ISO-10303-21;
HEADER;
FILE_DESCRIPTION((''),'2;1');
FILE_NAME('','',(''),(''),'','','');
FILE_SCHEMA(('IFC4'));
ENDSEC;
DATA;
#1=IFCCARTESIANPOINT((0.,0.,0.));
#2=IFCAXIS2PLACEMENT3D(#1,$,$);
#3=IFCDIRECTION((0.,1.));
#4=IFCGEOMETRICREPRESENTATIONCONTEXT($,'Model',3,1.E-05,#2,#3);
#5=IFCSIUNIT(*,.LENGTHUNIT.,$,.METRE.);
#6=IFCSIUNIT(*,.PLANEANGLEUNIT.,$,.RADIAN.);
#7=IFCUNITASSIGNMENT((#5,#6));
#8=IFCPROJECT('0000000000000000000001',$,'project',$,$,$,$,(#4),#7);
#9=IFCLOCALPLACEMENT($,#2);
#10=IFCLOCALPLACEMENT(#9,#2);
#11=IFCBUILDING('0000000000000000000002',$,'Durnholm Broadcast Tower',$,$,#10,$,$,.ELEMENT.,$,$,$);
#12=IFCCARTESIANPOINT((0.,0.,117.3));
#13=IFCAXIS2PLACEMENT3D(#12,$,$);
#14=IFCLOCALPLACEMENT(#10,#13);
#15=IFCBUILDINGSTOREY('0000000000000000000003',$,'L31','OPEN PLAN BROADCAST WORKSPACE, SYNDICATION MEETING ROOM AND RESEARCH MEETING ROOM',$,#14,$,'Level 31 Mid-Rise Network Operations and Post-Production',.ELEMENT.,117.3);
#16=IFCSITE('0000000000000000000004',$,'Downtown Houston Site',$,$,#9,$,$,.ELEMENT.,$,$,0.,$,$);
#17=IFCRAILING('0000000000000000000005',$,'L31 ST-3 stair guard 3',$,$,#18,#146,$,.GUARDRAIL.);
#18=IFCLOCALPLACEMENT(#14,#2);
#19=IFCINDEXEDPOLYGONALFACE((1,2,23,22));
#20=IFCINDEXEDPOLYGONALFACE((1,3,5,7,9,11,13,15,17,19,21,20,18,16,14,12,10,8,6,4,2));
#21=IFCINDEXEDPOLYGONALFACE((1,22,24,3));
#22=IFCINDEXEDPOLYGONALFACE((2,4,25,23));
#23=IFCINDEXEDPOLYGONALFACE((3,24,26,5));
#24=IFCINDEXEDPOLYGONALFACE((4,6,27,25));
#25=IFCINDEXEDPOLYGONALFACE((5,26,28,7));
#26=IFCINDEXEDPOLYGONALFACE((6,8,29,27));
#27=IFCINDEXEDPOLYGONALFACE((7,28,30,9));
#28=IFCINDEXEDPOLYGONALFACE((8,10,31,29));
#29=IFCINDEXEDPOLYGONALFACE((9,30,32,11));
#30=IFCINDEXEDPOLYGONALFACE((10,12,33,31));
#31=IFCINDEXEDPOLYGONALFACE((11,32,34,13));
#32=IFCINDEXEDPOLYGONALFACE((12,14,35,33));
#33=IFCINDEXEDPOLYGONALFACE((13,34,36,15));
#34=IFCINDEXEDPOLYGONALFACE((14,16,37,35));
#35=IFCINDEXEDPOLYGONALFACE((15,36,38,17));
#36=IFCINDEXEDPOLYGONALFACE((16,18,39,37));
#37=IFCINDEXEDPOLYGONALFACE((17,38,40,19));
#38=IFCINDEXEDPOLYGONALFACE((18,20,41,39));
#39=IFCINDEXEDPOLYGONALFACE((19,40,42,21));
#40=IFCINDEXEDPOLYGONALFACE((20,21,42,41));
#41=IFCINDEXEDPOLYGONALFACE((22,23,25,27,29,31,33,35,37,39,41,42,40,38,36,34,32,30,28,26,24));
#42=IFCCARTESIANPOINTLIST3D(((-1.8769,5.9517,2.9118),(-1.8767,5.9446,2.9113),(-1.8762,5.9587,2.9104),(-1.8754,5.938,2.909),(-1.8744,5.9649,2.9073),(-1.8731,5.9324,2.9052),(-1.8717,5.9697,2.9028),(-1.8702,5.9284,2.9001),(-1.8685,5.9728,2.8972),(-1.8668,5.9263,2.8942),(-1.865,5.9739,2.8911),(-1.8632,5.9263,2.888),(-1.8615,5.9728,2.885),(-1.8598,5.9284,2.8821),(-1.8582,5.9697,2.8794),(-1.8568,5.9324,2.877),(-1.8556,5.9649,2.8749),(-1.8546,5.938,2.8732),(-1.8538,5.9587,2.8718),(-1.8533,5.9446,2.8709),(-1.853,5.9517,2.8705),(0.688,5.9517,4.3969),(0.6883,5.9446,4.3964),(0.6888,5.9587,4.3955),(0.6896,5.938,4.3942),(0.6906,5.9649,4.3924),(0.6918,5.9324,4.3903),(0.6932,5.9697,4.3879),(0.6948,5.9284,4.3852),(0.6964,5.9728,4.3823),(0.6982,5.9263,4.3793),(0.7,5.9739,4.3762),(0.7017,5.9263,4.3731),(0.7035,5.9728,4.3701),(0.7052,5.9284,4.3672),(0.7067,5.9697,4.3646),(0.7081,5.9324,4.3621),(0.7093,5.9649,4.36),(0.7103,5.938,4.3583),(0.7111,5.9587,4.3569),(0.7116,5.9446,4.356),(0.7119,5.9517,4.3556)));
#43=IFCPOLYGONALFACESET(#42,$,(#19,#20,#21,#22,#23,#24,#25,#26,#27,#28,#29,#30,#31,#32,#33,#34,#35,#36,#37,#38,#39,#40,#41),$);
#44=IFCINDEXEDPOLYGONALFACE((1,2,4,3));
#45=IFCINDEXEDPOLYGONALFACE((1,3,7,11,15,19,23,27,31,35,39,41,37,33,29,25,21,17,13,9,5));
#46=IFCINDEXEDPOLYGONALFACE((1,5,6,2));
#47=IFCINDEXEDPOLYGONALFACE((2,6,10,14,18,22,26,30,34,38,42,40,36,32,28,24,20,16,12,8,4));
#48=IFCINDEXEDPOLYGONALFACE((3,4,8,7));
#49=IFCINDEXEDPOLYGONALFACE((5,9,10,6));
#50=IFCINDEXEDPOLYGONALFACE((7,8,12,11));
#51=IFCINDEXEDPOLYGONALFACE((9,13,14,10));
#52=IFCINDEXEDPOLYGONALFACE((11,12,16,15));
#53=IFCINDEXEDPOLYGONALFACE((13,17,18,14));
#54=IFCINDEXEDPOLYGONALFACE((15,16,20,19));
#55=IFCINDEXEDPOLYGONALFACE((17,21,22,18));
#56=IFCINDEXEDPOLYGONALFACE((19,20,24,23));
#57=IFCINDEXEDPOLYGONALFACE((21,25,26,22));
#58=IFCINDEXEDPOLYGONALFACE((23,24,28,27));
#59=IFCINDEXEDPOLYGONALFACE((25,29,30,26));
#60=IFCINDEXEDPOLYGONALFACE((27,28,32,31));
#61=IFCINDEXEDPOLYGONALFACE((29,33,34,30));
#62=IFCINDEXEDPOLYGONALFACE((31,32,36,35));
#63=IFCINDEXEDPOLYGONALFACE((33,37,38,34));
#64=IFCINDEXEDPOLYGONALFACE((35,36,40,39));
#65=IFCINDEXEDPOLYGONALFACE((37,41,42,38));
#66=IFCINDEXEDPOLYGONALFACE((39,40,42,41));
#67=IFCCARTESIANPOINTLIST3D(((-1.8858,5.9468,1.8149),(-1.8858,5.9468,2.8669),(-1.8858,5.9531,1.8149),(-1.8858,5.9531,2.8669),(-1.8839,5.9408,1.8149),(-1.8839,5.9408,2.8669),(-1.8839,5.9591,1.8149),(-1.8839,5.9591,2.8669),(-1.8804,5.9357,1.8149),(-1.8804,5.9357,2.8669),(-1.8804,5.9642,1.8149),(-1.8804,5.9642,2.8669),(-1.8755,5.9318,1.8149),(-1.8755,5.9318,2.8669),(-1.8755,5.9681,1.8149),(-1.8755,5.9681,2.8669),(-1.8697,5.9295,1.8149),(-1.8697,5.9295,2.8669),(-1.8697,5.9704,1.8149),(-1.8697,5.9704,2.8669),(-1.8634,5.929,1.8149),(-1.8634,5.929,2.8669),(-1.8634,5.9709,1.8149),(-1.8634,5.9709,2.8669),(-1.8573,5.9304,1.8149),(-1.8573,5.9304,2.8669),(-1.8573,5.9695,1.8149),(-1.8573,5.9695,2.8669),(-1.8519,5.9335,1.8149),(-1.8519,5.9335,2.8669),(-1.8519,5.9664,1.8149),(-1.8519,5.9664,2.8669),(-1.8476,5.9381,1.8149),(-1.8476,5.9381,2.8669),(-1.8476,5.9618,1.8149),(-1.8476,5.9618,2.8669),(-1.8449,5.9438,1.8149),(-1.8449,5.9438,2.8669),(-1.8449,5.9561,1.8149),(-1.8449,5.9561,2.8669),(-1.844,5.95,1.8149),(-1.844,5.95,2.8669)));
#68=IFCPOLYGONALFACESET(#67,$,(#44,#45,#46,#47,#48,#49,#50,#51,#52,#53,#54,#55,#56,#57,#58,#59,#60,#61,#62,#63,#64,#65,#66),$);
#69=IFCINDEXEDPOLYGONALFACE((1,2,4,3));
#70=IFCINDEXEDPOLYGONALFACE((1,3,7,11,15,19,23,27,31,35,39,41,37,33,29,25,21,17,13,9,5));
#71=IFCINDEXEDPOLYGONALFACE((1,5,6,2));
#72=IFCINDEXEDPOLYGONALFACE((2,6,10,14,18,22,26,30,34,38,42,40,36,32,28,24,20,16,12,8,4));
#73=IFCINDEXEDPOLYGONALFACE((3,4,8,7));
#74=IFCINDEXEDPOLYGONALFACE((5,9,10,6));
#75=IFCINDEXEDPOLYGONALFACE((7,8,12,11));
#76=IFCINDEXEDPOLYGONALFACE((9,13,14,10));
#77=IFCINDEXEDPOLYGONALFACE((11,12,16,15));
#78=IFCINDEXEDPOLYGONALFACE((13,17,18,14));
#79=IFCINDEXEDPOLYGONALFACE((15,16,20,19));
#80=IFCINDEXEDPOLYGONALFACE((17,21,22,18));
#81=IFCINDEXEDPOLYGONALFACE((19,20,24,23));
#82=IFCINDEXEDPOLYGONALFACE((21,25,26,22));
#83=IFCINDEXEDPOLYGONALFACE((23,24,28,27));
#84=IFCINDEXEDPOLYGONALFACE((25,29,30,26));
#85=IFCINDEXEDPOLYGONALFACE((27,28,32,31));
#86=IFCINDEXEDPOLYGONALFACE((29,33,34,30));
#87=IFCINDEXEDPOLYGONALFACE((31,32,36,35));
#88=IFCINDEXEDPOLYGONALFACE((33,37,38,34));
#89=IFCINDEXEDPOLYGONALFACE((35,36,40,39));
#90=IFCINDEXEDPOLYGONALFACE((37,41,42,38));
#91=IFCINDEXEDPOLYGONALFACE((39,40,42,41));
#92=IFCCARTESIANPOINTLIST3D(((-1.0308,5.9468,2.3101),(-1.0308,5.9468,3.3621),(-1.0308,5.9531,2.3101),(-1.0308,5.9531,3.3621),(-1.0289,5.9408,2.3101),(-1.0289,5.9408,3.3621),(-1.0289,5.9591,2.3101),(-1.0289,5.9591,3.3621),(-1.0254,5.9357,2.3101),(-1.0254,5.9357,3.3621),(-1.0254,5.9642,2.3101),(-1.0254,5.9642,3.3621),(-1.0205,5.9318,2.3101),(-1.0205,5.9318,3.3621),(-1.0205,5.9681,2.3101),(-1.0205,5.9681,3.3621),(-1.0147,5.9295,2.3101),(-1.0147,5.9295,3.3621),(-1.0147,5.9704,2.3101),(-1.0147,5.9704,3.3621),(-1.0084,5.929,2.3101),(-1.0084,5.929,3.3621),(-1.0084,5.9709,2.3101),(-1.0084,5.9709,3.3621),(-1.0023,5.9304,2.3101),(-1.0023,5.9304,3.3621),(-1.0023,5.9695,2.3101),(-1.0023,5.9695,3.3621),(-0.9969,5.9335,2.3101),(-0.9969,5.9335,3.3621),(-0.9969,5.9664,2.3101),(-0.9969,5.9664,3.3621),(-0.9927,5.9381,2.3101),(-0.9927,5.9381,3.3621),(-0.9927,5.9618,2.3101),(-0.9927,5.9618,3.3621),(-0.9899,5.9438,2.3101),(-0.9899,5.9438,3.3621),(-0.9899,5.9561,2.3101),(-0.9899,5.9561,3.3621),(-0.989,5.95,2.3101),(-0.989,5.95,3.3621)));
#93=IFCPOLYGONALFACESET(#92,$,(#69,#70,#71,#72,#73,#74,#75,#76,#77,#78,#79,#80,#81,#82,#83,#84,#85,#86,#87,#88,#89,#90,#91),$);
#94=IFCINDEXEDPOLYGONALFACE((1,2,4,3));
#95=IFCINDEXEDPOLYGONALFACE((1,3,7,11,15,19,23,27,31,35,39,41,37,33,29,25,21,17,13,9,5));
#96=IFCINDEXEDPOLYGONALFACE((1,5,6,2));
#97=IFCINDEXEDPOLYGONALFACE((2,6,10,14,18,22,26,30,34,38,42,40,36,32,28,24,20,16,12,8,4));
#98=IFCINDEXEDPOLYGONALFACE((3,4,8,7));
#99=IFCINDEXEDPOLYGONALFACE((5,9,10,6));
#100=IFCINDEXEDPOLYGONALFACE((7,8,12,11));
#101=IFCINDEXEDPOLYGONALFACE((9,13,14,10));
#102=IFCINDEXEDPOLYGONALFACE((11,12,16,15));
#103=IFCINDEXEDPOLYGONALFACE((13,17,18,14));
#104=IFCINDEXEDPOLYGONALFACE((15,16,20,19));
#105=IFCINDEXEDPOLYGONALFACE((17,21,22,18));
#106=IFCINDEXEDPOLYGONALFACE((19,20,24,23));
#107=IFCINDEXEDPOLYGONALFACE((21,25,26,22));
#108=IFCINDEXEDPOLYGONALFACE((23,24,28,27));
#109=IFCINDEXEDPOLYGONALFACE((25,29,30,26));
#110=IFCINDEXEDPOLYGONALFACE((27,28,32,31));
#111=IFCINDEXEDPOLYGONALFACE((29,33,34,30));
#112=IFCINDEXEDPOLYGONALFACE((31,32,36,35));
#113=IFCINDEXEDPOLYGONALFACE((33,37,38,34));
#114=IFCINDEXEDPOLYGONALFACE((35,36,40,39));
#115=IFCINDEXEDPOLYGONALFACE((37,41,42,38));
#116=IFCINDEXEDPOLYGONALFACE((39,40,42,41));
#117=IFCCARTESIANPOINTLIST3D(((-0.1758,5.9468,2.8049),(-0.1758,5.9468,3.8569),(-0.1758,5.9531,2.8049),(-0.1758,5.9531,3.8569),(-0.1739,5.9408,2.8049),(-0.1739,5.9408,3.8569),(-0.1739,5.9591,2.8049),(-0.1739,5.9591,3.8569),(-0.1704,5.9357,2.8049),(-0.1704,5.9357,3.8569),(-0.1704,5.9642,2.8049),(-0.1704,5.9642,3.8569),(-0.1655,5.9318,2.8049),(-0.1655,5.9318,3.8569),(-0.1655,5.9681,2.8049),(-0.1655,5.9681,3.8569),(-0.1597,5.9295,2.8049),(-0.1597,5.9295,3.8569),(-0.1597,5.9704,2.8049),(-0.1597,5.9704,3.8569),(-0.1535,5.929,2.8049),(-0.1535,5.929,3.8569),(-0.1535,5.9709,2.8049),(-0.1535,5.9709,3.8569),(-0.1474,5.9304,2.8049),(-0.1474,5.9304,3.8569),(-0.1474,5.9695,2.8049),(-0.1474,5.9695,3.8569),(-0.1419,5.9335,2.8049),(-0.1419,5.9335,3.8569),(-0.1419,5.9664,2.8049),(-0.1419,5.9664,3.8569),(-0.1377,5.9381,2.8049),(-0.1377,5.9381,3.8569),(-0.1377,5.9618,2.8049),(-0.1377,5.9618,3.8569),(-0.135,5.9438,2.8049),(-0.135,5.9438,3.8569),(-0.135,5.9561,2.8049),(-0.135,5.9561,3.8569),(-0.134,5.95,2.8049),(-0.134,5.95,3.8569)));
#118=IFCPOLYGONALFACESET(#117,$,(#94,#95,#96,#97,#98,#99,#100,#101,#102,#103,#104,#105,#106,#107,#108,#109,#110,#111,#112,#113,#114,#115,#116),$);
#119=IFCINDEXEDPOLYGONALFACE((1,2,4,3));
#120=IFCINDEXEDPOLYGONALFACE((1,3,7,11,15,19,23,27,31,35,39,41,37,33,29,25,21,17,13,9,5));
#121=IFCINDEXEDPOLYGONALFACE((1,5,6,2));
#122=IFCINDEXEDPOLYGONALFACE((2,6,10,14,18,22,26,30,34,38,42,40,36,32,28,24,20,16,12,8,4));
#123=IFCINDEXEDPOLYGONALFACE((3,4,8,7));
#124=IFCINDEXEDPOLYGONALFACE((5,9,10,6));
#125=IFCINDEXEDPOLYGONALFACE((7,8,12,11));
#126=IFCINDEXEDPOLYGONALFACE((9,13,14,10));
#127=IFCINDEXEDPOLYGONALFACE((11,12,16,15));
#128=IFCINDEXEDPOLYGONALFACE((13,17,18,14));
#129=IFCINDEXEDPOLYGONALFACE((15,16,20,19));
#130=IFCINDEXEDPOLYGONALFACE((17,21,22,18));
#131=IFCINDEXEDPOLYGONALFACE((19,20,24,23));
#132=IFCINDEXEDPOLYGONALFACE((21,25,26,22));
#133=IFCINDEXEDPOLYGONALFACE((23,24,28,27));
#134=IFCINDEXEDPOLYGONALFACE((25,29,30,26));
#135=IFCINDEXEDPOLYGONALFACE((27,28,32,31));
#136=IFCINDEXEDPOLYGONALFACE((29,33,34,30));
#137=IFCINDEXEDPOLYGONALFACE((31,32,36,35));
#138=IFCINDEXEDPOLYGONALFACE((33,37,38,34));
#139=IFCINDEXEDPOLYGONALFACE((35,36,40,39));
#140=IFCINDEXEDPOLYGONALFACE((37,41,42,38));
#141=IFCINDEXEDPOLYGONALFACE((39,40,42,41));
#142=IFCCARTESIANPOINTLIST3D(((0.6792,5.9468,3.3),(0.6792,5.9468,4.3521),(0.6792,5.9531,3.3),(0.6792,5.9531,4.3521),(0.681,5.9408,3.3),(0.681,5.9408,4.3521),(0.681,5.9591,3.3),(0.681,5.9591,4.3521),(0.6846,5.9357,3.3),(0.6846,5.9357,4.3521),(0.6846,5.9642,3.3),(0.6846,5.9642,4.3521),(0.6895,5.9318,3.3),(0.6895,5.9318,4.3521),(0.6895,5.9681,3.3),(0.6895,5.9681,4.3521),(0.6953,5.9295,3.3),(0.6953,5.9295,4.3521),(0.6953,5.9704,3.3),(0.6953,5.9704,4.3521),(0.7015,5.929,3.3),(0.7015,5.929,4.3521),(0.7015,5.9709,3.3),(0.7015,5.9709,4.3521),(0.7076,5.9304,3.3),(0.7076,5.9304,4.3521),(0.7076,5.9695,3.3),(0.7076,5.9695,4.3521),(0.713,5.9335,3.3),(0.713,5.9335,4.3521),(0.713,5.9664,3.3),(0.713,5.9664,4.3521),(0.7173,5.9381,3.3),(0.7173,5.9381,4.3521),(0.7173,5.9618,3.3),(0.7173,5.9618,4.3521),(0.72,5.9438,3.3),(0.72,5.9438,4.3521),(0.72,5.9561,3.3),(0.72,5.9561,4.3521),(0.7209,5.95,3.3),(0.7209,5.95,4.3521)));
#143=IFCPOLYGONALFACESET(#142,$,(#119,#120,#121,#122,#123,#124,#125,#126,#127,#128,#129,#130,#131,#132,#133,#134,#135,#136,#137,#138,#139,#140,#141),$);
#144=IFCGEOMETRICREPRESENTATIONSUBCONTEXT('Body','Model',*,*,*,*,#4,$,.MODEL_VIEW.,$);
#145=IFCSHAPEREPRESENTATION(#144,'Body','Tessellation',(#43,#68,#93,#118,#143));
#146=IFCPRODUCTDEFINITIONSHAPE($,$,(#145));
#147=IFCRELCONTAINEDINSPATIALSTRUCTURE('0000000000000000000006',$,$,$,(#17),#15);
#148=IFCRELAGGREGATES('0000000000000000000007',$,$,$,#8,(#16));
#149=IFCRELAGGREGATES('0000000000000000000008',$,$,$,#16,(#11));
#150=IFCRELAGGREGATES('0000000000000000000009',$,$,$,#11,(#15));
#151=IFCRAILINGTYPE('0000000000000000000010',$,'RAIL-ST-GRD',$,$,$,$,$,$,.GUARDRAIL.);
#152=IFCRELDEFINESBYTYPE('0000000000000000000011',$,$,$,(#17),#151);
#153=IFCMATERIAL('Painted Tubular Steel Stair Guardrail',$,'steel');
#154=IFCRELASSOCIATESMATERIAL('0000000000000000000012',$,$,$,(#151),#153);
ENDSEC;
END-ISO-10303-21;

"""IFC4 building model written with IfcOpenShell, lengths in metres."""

from ifc_helpers import new_model, si_unit, direction, frame, origin, origin_2d, place, context, subcontext, project, spatial, circle, extrude, material, type_object, element, save


model = new_model("IFC4")

# Units and contexts
model_context = context("Model", 3, precision=1e-05, world=origin(), true_north=direction((0.0, 1.0)))
body_context = subcontext(model_context, "Body", "Model", "MODEL_VIEW")
ifc_project = project(units=[si_unit("LENGTHUNIT", "METRE"), si_unit("PLANEANGLEUNIT", "RADIAN")], contexts=[model_context])

# Site, building, storey
site_placement = place(None, origin())
site = spatial("IfcSite", under=ifc_project, at=site_placement, Name="Downtown Houston Site", CompositionType="ELEMENT", RefElevation=0.0)
building_placement = place(site_placement, origin())
building = spatial("IfcBuilding", under=site, at=building_placement, Name="Durnholm Broadcast Tower", CompositionType="ELEMENT")
storey_placement = place(building_placement, frame((0.0, 0.0, 117.3)))
storey = spatial("IfcBuildingStorey", under=building, at=storey_placement, Name="L31", Description="OPEN PLAN BROADCAST WORKSPACE, SYNDICATION MEETING ROOM AND RESEARCH MEETING ROOM", LongName="Level 31 Mid-Rise Network Operations and Post-Production", CompositionType="ELEMENT", Elevation=117.3)

# Railing
ifc_material_1 = material(Name="Painted Tubular Steel Stair Guardrail", Category="steel")
railing_type_1 = type_object("IfcRailingType", Name="RAIL-ST-GRD", PredefinedType="GUARDRAIL", material=ifc_material_1)
railing_1_placement = place(storey_placement, frame((-1.865, 5.95, 1.8149)))
element("IfcRailing", 1, at=railing_1_placement, inside=storey, type_object=railing_type_1, Name="L31 ST-3 stair guard 3", PredefinedType="GUARDRAIL", context=body_context, shape_type="SweptSolid", body=[
    extrude(circle(Radius=0.0239, at=origin_2d()), frame((0.0, 0.0, 1.0762), z_axis=(0.865406, 0.0, 0.501072), x_axis=(0.0, 1.0, 0.0)), (0.0, 0.0, 1.0), 2.9639),
    extrude(circle(Radius=0.021, at=origin_2d()), origin(), (0.0, 0.0, 1.0), 1.052),
    extrude(circle(Radius=0.021, at=origin_2d()), frame((0.855, 0.0, 0.4951)), (0.0, 0.0, 1.0), 1.052),
    extrude(circle(Radius=0.021, at=origin_2d()), frame((1.71, 0.0, 0.99)), (0.0, 0.0, 1.0), 1.052),
    extrude(circle(Radius=0.021, at=origin_2d()), frame((2.5649, 0.0, 1.4851)), (0.0, 0.0, 1.0), 1.052),
])

save(model, "model.ifc")
